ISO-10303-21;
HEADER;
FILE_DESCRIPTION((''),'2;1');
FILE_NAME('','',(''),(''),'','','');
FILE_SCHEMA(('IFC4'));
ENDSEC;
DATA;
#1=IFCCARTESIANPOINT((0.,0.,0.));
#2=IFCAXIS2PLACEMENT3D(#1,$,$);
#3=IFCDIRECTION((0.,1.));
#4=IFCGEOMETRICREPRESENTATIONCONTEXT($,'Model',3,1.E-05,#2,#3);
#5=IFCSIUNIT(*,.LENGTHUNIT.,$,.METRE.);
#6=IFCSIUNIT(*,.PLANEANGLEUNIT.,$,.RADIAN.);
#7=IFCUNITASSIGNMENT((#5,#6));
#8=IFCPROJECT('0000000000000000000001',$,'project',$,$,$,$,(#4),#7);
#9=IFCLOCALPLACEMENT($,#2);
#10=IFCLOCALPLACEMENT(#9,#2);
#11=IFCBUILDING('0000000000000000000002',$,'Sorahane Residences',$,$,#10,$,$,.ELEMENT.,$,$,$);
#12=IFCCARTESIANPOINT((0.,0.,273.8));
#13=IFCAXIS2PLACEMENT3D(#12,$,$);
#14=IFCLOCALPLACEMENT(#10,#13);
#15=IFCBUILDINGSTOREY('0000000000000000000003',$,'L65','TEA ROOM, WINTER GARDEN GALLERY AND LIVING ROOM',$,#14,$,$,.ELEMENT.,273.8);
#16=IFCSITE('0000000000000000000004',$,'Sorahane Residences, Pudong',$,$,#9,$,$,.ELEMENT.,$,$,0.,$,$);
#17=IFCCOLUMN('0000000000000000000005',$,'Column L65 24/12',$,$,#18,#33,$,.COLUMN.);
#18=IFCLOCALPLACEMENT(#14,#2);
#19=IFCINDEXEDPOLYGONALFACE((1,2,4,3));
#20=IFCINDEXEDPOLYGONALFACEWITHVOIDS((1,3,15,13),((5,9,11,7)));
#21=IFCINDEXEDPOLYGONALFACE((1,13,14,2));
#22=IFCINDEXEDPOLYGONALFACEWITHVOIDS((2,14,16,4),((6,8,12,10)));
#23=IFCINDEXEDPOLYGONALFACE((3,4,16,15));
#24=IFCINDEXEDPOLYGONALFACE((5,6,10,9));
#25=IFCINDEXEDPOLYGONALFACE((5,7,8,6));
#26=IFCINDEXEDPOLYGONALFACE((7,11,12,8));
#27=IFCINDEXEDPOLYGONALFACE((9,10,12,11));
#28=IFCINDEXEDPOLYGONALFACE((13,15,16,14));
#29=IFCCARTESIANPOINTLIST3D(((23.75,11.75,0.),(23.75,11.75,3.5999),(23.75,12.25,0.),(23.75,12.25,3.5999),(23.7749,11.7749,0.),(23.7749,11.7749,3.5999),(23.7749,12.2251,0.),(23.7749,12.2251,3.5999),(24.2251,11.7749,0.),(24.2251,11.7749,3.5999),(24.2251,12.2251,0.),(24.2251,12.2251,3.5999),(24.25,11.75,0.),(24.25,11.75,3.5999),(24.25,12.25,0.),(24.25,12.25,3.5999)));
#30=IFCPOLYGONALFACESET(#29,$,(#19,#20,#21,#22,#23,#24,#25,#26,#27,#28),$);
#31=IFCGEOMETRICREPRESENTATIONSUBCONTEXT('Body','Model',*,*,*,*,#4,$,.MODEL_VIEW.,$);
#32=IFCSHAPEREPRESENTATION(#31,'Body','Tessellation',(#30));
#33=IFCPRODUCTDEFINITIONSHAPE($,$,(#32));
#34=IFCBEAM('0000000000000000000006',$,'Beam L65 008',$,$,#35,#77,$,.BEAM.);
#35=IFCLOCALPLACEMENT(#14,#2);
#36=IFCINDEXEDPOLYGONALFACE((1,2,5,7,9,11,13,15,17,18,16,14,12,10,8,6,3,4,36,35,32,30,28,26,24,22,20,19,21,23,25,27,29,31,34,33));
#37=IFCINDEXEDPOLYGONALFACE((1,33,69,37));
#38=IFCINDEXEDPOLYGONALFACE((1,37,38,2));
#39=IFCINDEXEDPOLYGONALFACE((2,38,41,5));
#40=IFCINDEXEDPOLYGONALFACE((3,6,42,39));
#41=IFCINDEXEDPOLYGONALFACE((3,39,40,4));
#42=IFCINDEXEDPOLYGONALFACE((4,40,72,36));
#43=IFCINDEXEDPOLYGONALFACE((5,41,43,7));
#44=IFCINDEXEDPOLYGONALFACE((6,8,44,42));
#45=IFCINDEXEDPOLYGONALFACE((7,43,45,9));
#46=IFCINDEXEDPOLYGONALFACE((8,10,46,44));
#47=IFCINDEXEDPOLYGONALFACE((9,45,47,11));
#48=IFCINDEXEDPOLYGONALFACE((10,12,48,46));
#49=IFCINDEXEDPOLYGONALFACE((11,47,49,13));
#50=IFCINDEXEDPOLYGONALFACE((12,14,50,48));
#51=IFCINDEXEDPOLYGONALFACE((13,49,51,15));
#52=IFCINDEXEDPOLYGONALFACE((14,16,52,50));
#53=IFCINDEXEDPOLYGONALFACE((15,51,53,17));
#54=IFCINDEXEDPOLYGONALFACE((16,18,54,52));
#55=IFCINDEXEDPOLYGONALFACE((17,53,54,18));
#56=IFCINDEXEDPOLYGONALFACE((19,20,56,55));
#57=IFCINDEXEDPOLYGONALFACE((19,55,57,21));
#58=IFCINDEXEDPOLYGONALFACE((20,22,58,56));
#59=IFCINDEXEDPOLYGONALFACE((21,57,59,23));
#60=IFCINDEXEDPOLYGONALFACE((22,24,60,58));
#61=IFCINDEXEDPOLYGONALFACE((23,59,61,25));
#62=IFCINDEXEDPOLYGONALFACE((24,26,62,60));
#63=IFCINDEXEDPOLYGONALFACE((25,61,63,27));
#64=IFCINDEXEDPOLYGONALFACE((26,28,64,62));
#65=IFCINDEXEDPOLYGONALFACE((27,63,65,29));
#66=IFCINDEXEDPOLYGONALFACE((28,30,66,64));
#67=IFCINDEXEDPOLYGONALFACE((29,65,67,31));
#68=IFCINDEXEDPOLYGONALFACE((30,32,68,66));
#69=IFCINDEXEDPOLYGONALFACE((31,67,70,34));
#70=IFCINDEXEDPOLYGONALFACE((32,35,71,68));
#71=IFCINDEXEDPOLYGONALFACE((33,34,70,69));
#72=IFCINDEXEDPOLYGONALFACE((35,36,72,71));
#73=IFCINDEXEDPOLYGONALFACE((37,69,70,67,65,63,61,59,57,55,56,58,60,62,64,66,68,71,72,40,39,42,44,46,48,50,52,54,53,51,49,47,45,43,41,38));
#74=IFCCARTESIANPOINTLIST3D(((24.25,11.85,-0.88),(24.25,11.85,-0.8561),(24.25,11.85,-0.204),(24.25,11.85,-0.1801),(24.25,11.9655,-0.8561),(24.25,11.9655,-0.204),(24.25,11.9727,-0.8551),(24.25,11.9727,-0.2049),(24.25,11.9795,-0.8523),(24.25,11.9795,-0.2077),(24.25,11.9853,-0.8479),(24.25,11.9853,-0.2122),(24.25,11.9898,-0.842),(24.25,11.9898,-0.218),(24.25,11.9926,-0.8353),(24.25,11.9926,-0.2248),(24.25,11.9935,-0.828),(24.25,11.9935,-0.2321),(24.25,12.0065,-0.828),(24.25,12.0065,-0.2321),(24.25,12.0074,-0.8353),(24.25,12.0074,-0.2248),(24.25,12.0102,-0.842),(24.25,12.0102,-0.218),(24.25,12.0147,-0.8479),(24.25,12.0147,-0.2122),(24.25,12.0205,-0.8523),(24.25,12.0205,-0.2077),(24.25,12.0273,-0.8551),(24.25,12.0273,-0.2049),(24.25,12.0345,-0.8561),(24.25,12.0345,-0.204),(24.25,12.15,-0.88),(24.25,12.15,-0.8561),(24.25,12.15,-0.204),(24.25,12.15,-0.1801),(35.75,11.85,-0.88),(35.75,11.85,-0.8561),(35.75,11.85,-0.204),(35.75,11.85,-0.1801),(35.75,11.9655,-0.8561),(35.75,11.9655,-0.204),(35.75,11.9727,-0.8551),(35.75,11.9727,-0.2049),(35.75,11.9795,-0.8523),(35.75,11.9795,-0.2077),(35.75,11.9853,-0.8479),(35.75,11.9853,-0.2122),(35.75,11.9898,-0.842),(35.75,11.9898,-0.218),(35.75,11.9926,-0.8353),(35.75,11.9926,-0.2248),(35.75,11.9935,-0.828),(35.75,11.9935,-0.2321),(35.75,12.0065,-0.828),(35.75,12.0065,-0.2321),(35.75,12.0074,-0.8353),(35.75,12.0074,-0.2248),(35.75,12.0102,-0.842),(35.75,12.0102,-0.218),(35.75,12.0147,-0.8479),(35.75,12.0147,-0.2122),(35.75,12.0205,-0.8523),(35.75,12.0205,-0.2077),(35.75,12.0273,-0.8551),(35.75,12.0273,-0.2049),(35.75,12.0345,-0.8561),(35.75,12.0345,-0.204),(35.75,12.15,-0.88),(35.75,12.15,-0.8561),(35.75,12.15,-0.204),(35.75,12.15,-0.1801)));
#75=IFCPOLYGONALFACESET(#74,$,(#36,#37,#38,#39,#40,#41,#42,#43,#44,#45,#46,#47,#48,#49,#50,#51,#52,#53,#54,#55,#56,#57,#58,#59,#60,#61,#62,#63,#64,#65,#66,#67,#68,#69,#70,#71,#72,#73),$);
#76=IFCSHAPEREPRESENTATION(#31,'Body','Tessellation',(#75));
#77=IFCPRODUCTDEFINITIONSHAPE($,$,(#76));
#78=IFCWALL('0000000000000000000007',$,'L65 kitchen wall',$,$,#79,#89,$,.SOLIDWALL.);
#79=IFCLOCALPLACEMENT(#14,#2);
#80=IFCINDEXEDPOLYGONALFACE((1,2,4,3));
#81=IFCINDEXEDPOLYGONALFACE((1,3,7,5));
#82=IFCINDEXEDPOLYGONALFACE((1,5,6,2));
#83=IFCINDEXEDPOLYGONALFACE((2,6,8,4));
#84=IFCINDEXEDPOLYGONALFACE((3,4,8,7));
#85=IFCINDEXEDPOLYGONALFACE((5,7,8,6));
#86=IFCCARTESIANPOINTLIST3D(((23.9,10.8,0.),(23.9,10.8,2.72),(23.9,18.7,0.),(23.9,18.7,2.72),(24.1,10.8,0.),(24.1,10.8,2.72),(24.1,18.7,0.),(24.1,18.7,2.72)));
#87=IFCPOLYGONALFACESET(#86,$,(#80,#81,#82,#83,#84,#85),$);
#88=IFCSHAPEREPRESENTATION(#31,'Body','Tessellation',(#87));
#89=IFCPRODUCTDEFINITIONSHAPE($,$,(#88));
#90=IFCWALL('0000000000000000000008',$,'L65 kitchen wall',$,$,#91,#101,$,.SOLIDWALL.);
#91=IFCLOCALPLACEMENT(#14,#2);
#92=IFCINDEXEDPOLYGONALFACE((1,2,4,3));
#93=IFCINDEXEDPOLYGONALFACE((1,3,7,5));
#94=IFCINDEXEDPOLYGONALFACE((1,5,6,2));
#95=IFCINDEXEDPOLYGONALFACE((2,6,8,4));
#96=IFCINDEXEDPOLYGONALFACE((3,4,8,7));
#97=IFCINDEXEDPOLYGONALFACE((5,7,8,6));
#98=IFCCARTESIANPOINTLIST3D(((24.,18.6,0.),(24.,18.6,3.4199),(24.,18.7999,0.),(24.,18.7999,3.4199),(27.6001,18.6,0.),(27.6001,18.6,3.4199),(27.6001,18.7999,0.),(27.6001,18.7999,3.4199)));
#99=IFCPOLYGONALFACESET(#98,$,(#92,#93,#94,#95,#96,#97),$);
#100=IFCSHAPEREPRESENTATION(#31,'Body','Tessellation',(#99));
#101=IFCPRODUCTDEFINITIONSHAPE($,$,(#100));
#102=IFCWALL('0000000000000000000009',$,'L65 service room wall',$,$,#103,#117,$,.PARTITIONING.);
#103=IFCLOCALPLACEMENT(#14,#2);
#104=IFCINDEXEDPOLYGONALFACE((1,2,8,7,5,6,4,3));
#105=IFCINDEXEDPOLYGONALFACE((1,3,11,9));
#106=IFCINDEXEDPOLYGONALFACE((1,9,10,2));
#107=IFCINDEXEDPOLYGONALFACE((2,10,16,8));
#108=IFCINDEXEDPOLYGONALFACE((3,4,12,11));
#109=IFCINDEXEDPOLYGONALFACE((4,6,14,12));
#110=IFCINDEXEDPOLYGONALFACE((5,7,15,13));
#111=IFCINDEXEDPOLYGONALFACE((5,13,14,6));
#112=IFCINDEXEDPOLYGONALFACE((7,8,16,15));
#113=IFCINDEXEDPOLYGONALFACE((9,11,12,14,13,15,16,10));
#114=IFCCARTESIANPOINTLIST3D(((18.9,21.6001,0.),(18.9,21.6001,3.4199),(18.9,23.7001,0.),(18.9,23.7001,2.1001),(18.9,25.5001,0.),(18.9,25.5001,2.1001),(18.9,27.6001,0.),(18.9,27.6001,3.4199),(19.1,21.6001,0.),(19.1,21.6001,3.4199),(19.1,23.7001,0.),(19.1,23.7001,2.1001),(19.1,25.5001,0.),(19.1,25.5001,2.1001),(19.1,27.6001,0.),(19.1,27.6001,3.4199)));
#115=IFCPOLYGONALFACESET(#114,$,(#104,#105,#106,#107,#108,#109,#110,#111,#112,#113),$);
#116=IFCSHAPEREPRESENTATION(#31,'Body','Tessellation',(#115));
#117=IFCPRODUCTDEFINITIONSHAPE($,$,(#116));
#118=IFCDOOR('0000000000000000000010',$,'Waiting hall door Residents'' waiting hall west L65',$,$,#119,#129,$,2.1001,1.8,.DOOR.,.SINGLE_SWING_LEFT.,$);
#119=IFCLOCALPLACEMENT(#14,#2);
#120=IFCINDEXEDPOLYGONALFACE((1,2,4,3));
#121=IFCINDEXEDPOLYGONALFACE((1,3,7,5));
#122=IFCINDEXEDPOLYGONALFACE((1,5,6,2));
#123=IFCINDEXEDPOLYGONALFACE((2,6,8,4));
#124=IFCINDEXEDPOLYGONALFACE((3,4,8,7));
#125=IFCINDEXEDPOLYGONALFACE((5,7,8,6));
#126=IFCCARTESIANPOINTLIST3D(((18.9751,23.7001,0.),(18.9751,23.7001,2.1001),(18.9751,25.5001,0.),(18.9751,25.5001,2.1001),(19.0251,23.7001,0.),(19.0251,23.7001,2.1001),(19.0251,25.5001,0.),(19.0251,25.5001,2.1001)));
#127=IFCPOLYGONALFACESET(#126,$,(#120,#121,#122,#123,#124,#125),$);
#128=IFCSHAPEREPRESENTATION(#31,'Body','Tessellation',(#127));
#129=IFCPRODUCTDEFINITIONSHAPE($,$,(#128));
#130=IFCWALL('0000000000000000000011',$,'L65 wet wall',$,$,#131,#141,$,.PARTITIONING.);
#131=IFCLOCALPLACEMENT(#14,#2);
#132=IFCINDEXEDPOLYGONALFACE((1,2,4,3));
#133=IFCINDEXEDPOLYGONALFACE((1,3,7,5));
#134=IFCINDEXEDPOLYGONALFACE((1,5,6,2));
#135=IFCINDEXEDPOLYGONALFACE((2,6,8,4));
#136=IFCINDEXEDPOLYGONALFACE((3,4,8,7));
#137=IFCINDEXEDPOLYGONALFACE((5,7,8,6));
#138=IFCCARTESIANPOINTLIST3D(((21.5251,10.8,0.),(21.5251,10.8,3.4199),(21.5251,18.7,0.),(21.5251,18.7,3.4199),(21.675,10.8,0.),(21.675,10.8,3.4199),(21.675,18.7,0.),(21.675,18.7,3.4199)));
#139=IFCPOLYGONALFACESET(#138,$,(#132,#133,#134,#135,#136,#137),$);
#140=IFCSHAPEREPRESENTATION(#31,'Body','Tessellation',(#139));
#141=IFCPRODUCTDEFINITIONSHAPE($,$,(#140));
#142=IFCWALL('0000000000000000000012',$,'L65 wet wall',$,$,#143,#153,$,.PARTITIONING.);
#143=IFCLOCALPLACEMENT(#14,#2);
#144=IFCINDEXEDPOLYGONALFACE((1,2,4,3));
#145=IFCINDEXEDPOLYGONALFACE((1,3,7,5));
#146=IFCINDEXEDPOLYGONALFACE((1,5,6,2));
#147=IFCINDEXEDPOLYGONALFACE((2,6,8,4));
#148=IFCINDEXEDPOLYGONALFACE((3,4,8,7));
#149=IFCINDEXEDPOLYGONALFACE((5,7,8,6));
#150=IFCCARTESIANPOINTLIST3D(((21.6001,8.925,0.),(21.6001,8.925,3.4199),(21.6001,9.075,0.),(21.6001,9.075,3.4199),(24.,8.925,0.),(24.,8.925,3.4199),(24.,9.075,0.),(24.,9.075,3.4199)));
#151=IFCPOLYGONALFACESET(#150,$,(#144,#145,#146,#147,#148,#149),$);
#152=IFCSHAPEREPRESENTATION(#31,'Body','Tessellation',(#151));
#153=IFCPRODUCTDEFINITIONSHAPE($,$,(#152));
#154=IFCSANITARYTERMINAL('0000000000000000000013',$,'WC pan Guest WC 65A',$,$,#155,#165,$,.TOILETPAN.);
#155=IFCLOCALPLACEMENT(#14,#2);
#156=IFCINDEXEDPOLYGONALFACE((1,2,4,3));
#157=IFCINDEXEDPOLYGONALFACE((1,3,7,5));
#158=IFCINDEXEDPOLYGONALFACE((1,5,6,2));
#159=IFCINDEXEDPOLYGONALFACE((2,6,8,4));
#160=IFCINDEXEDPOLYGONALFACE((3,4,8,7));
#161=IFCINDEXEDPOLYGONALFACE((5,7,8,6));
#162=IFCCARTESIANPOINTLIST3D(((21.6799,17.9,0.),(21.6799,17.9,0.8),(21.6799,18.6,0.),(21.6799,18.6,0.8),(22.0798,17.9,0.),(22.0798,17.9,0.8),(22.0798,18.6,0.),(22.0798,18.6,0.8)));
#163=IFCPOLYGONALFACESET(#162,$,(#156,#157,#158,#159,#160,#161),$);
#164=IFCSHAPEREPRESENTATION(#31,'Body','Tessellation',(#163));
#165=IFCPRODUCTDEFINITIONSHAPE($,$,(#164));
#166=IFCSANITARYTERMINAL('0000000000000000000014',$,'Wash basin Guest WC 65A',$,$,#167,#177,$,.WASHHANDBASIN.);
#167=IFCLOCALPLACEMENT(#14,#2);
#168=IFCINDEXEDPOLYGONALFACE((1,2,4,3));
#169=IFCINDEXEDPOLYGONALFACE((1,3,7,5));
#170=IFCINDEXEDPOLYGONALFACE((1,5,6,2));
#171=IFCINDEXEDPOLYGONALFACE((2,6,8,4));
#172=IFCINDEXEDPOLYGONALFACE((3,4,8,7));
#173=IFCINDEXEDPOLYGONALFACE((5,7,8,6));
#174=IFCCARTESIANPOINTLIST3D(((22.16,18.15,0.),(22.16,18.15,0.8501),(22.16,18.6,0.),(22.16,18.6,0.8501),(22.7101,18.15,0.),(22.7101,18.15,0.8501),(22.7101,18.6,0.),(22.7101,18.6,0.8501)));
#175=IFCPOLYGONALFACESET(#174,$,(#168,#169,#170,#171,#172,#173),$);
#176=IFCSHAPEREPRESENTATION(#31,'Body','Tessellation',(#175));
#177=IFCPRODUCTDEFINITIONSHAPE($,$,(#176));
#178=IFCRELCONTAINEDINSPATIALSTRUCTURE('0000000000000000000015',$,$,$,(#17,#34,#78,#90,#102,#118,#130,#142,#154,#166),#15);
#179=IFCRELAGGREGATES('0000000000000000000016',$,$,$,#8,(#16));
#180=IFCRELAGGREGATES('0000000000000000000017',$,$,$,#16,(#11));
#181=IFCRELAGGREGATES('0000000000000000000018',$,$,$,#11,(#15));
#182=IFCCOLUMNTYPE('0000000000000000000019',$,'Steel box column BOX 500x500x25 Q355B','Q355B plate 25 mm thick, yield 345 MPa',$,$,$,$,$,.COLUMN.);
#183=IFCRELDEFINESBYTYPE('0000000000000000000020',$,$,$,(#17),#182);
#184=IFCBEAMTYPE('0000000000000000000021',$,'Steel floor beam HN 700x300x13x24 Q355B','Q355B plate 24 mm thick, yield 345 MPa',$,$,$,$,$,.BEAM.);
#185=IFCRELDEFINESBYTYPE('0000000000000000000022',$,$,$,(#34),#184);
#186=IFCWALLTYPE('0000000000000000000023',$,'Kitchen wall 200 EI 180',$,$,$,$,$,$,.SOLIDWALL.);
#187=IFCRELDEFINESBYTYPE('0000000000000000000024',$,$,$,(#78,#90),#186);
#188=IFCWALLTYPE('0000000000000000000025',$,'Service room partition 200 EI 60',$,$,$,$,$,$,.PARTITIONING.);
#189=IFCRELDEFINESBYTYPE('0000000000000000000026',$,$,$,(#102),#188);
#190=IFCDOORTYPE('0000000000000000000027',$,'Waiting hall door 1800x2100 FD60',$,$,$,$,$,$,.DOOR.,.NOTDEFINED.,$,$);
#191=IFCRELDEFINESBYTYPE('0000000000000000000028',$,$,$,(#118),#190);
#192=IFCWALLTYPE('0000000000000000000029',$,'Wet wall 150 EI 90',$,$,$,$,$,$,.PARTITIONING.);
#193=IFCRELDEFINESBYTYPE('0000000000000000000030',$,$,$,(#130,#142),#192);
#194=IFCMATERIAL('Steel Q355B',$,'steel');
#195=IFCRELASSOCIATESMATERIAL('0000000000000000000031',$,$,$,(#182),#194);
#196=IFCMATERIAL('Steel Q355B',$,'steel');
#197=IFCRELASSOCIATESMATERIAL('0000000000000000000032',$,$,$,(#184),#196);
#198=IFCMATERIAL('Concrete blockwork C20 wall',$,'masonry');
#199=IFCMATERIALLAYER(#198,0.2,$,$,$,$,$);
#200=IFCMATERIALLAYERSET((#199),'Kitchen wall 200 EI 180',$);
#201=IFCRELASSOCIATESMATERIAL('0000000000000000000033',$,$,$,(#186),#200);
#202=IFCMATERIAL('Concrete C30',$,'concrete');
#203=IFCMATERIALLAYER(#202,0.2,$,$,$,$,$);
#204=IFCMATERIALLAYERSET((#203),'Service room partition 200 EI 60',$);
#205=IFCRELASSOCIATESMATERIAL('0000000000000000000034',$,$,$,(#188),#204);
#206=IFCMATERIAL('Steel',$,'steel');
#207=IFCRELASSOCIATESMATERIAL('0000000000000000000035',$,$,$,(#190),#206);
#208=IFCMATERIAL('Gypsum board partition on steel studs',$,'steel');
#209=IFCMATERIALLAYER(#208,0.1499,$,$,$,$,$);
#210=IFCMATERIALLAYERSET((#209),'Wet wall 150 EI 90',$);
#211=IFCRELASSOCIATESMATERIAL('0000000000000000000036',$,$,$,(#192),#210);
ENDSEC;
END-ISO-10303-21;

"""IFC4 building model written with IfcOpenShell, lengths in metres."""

from ifc_helpers import new_model, si_unit, direction, frame, frame_2d, origin, origin_2d, place, context, subcontext, project, spatial, rectangle, hollow_rectangle, i_section, extrude, material, layer, layer_set, material_profile, profile_set, type_object, element, fill, save


model = new_model("IFC4")

# Units and contexts
model_context = context("Model", 3, precision=1e-05, world=origin(), true_north=direction((0.0, 1.0)))
body_context = subcontext(model_context, "Body", "Model", "MODEL_VIEW")
ifc_project = project(units=[si_unit("LENGTHUNIT", "METRE"), si_unit("PLANEANGLEUNIT", "RADIAN")], contexts=[model_context])

# Site, building, storey
site_placement = place(None, origin())
site = spatial("IfcSite", under=ifc_project, at=site_placement, Name="Sorahane Residences, Pudong", CompositionType="ELEMENT", RefElevation=0.0)
building_placement = place(site_placement, origin())
building = spatial("IfcBuilding", under=site, at=building_placement, Name="Sorahane Residences", CompositionType="ELEMENT")
storey_placement = place(building_placement, frame((0.0, 0.0, 273.8)))
storey = spatial("IfcBuildingStorey", under=building, at=storey_placement, Name="L65", Description="TEA ROOM, WINTER GARDEN GALLERY AND LIVING ROOM", CompositionType="ELEMENT", Elevation=273.8)

# Column
ifc_material_1 = material(Name="Steel Q355B", Category="steel")
ifc_material_profile_1 = material_profile(ifc_material_1, hollow_rectangle(XDim=0.5, YDim=0.5, WallThickness=0.0249, at=origin_2d()), Name="BOX 500x500x25")
ifc_profile_set_1 = profile_set([ifc_material_profile_1], Name="Steel Q355B")
column_type = type_object("IfcColumnType", Name="Steel box column BOX 500x500x25 Q355B", Description="Q355B plate 25 mm thick, yield 345 MPa", PredefinedType="COLUMN", material=ifc_profile_set_1)
column_placement = place(storey_placement, frame((24.0, 12.0, 0.0), z_axis=(0.0, 0.0, 1.0), x_axis=(1.0, 0.0, 0.0)))
element("IfcColumn", 1, at=column_placement, inside=storey, type_object=column_type, Name="Column L65 24/12", PredefinedType="COLUMN", context=body_context, shape_type="SweptSolid", body=[
    extrude(hollow_rectangle(XDim=0.5, YDim=0.5, WallThickness=0.0249, at=origin_2d()), origin(), (0.0, 0.0, 1.0), 3.5999),
])

# Beam
ifc_material_2 = material(Name="Steel Q355B", Category="steel")
ifc_material_profile_2 = material_profile(ifc_material_2, i_section(OverallWidth=0.3, OverallDepth=0.7, WebThickness=0.0129, FlangeThickness=0.0239, FilletRadius=0.0281, at=origin_2d()), Name="HN 700x300x13x24")
ifc_profile_set_2 = profile_set([ifc_material_profile_2], Name="Steel Q355B")
beam_type = type_object("IfcBeamType", Name="Steel floor beam HN 700x300x13x24 Q355B", Description="Q355B plate 24 mm thick, yield 345 MPa", PredefinedType="BEAM", material=ifc_profile_set_2)
beam_placement = place(storey_placement, frame((24.25, 12.0, -0.53), z_axis=(1.0, 0.0, 0.0), x_axis=(0.0, 1.0, 0.0)))
element("IfcBeam", 2, at=beam_placement, inside=storey, type_object=beam_type, Name="Beam L65 008", PredefinedType="BEAM", context=body_context, shape_type="SweptSolid", body=[
    extrude(i_section(OverallWidth=0.3, OverallDepth=0.7, WebThickness=0.0129, FlangeThickness=0.0239, FilletRadius=0.0281, at=origin_2d()), origin(), (0.0, 0.0, 1.0), 11.5),
])

# Wall
ifc_material_3 = material(Name="Concrete blockwork C20 wall", Category="masonry")
ifc_layer_1 = layer(ifc_material_3, 0.2)
ifc_layer_set_1 = layer_set([ifc_layer_1], Name="Kitchen wall 200 EI 180")
wall_type_1 = type_object("IfcWallType", Name="Kitchen wall 200 EI 180", PredefinedType="SOLIDWALL", material=ifc_layer_set_1)
wall_1_placement = place(storey_placement, frame((24.0, 10.8, 0.0), z_axis=(0.0, 0.0, 1.0), x_axis=(0.0, 1.0, 0.0)))
element("IfcWall", 3, at=wall_1_placement, inside=storey, type_object=wall_type_1, Name="L65 kitchen wall", PredefinedType="SOLIDWALL", context=body_context, shape_type="SweptSolid", body=[
    extrude(rectangle(XDim=7.8999, YDim=0.2, at=frame_2d((3.95, 0.0))), origin(), (0.0, 0.0, 1.0), 2.72),
])

# Wall
wall_2_placement = place(storey_placement, frame((24.0, 18.7, 0.0), z_axis=(0.0, 0.0, 1.0), x_axis=(1.0, 0.0, 0.0)))
element("IfcWall", 4, at=wall_2_placement, inside=storey, type_object=wall_type_1, Name="L65 kitchen wall", PredefinedType="SOLIDWALL", context=body_context, shape_type="SweptSolid", body=[
    extrude(rectangle(XDim=3.6001, YDim=0.2, at=frame_2d((1.8, 0.0))), origin(), (0.0, 0.0, 1.0), 3.4199),
])

# Wall, opening, door
ifc_material_4 = material(Name="Concrete C30", Category="concrete")
ifc_layer_2 = layer(ifc_material_4, 0.2)
ifc_layer_set_2 = layer_set([ifc_layer_2], Name="Service room partition 200 EI 60")
wall_type_2 = type_object("IfcWallType", Name="Service room partition 200 EI 60", PredefinedType="PARTITIONING", material=ifc_layer_set_2)
wall_3_placement = place(storey_placement, frame((19.0, 21.6001, 0.0), z_axis=(0.0, 0.0, 1.0), x_axis=(0.0, 1.0, 0.0)))
wall_3 = element("IfcWall", 5, at=wall_3_placement, inside=storey, type_object=wall_type_2, Name="L65 service room wall", PredefinedType="PARTITIONING", context=body_context, shape_type="SweptSolid", body=[
    extrude(rectangle(XDim=6.0, YDim=0.2, at=frame_2d((3.0, 0.0))), origin(), (0.0, 0.0, 1.0), 3.4199),
])
opening_1_placement = place(wall_3_placement, frame((2.1001, 0.0, 0.0)))
opening_1 = element("IfcOpeningElement", 6, at=opening_1_placement, cuts=wall_3, PredefinedType="OPENING", context=body_context, shape_type="SweptSolid", body=[
    extrude(rectangle(XDim=1.8, YDim=2.1001, at=frame_2d((0.8999, 1.05))), frame((0.0, 0.1099, 0.0), z_axis=(0.0, -1.0, 0.0), x_axis=(1.0, 0.0, 0.0)), (0.0, 0.0, 1.0), 0.22),
])
ifc_material_5 = material(Name="Steel", Category="steel")
door_type_1 = type_object("IfcDoorType", Name="Waiting hall door 1800x2100 FD60", OperationType="NOTDEFINED", PredefinedType="DOOR", material=ifc_material_5)
door_1_placement = place(opening_1_placement, origin())
door_1 = element("IfcDoor", 7, at=door_1_placement, inside=storey, type_object=door_type_1, Name="Waiting hall door Residents' waiting hall west L65", OperationType="SINGLE_SWING_LEFT", OverallHeight=2.1001, OverallWidth=1.8, PredefinedType="DOOR", context=body_context, shape_type="SweptSolid", body=[
    extrude(rectangle(XDim=1.8, YDim=2.1001, at=frame_2d((0.8999, 1.05))), frame((0.0, 0.0249, 0.0), z_axis=(0.0, -1.0, 0.0), x_axis=(1.0, 0.0, 0.0)), (0.0, 0.0, 1.0), 0.05),
])
fill(opening_1, door_1)

# Wall
ifc_material_6 = material(Name="Gypsum board partition on steel studs", Category="steel")
ifc_layer_3 = layer(ifc_material_6, 0.1499)
ifc_layer_set_3 = layer_set([ifc_layer_3], Name="Wet wall 150 EI 90")
wall_type_3 = type_object("IfcWallType", Name="Wet wall 150 EI 90", PredefinedType="PARTITIONING", material=ifc_layer_set_3)
wall_4_placement = place(storey_placement, frame((21.6001, 10.8, 0.0), z_axis=(0.0, 0.0, 1.0), x_axis=(0.0, 1.0, 0.0)))
element("IfcWall", 8, at=wall_4_placement, inside=storey, type_object=wall_type_3, Name="L65 wet wall", PredefinedType="PARTITIONING", context=body_context, shape_type="SweptSolid", body=[
    extrude(rectangle(XDim=7.8999, YDim=0.1499, at=frame_2d((3.95, 0.0))), origin(), (0.0, 0.0, 1.0), 3.4199),
])

# Wall
wall_5_placement = place(storey_placement, frame((21.6001, 9.0, 0.0), z_axis=(0.0, 0.0, 1.0), x_axis=(1.0, 0.0, 0.0)))
element("IfcWall", 9, at=wall_5_placement, inside=storey, type_object=wall_type_3, Name="L65 wet wall", PredefinedType="PARTITIONING", context=body_context, shape_type="SweptSolid", body=[
    extrude(rectangle(XDim=2.3999, YDim=0.1499, at=frame_2d((1.2, 0.0))), origin(), (0.0, 0.0, 1.0), 3.4199),
])

# Sanitary terminals
sanitary_terminal_1_placement = place(storey_placement, frame((21.8799, 18.25, 0.0), z_axis=(0.0, 0.0, 1.0), x_axis=(1.0, 0.0, 0.0)))
element("IfcSanitaryTerminal", 10, at=sanitary_terminal_1_placement, inside=storey, Name="WC pan Guest WC 65A", PredefinedType="TOILETPAN", context=body_context, shape_type="SweptSolid", body=[
    extrude(rectangle(XDim=0.3999, YDim=0.7, at=origin_2d()), origin(), (0.0, 0.0, 1.0), 0.8),
])
sanitary_terminal_2_placement = place(storey_placement, frame((22.4351, 18.375, 0.0), z_axis=(0.0, 0.0, 1.0), x_axis=(1.0, 0.0, 0.0)))
element("IfcSanitaryTerminal", 11, at=sanitary_terminal_2_placement, inside=storey, Name="Wash basin Guest WC 65A", PredefinedType="WASHHANDBASIN", context=body_context, shape_type="SweptSolid", body=[
    extrude(rectangle(XDim=0.55, YDim=0.45, at=origin_2d()), origin(), (0.0, 0.0, 1.0), 0.8501),
])

save(model, "model.ifc")
